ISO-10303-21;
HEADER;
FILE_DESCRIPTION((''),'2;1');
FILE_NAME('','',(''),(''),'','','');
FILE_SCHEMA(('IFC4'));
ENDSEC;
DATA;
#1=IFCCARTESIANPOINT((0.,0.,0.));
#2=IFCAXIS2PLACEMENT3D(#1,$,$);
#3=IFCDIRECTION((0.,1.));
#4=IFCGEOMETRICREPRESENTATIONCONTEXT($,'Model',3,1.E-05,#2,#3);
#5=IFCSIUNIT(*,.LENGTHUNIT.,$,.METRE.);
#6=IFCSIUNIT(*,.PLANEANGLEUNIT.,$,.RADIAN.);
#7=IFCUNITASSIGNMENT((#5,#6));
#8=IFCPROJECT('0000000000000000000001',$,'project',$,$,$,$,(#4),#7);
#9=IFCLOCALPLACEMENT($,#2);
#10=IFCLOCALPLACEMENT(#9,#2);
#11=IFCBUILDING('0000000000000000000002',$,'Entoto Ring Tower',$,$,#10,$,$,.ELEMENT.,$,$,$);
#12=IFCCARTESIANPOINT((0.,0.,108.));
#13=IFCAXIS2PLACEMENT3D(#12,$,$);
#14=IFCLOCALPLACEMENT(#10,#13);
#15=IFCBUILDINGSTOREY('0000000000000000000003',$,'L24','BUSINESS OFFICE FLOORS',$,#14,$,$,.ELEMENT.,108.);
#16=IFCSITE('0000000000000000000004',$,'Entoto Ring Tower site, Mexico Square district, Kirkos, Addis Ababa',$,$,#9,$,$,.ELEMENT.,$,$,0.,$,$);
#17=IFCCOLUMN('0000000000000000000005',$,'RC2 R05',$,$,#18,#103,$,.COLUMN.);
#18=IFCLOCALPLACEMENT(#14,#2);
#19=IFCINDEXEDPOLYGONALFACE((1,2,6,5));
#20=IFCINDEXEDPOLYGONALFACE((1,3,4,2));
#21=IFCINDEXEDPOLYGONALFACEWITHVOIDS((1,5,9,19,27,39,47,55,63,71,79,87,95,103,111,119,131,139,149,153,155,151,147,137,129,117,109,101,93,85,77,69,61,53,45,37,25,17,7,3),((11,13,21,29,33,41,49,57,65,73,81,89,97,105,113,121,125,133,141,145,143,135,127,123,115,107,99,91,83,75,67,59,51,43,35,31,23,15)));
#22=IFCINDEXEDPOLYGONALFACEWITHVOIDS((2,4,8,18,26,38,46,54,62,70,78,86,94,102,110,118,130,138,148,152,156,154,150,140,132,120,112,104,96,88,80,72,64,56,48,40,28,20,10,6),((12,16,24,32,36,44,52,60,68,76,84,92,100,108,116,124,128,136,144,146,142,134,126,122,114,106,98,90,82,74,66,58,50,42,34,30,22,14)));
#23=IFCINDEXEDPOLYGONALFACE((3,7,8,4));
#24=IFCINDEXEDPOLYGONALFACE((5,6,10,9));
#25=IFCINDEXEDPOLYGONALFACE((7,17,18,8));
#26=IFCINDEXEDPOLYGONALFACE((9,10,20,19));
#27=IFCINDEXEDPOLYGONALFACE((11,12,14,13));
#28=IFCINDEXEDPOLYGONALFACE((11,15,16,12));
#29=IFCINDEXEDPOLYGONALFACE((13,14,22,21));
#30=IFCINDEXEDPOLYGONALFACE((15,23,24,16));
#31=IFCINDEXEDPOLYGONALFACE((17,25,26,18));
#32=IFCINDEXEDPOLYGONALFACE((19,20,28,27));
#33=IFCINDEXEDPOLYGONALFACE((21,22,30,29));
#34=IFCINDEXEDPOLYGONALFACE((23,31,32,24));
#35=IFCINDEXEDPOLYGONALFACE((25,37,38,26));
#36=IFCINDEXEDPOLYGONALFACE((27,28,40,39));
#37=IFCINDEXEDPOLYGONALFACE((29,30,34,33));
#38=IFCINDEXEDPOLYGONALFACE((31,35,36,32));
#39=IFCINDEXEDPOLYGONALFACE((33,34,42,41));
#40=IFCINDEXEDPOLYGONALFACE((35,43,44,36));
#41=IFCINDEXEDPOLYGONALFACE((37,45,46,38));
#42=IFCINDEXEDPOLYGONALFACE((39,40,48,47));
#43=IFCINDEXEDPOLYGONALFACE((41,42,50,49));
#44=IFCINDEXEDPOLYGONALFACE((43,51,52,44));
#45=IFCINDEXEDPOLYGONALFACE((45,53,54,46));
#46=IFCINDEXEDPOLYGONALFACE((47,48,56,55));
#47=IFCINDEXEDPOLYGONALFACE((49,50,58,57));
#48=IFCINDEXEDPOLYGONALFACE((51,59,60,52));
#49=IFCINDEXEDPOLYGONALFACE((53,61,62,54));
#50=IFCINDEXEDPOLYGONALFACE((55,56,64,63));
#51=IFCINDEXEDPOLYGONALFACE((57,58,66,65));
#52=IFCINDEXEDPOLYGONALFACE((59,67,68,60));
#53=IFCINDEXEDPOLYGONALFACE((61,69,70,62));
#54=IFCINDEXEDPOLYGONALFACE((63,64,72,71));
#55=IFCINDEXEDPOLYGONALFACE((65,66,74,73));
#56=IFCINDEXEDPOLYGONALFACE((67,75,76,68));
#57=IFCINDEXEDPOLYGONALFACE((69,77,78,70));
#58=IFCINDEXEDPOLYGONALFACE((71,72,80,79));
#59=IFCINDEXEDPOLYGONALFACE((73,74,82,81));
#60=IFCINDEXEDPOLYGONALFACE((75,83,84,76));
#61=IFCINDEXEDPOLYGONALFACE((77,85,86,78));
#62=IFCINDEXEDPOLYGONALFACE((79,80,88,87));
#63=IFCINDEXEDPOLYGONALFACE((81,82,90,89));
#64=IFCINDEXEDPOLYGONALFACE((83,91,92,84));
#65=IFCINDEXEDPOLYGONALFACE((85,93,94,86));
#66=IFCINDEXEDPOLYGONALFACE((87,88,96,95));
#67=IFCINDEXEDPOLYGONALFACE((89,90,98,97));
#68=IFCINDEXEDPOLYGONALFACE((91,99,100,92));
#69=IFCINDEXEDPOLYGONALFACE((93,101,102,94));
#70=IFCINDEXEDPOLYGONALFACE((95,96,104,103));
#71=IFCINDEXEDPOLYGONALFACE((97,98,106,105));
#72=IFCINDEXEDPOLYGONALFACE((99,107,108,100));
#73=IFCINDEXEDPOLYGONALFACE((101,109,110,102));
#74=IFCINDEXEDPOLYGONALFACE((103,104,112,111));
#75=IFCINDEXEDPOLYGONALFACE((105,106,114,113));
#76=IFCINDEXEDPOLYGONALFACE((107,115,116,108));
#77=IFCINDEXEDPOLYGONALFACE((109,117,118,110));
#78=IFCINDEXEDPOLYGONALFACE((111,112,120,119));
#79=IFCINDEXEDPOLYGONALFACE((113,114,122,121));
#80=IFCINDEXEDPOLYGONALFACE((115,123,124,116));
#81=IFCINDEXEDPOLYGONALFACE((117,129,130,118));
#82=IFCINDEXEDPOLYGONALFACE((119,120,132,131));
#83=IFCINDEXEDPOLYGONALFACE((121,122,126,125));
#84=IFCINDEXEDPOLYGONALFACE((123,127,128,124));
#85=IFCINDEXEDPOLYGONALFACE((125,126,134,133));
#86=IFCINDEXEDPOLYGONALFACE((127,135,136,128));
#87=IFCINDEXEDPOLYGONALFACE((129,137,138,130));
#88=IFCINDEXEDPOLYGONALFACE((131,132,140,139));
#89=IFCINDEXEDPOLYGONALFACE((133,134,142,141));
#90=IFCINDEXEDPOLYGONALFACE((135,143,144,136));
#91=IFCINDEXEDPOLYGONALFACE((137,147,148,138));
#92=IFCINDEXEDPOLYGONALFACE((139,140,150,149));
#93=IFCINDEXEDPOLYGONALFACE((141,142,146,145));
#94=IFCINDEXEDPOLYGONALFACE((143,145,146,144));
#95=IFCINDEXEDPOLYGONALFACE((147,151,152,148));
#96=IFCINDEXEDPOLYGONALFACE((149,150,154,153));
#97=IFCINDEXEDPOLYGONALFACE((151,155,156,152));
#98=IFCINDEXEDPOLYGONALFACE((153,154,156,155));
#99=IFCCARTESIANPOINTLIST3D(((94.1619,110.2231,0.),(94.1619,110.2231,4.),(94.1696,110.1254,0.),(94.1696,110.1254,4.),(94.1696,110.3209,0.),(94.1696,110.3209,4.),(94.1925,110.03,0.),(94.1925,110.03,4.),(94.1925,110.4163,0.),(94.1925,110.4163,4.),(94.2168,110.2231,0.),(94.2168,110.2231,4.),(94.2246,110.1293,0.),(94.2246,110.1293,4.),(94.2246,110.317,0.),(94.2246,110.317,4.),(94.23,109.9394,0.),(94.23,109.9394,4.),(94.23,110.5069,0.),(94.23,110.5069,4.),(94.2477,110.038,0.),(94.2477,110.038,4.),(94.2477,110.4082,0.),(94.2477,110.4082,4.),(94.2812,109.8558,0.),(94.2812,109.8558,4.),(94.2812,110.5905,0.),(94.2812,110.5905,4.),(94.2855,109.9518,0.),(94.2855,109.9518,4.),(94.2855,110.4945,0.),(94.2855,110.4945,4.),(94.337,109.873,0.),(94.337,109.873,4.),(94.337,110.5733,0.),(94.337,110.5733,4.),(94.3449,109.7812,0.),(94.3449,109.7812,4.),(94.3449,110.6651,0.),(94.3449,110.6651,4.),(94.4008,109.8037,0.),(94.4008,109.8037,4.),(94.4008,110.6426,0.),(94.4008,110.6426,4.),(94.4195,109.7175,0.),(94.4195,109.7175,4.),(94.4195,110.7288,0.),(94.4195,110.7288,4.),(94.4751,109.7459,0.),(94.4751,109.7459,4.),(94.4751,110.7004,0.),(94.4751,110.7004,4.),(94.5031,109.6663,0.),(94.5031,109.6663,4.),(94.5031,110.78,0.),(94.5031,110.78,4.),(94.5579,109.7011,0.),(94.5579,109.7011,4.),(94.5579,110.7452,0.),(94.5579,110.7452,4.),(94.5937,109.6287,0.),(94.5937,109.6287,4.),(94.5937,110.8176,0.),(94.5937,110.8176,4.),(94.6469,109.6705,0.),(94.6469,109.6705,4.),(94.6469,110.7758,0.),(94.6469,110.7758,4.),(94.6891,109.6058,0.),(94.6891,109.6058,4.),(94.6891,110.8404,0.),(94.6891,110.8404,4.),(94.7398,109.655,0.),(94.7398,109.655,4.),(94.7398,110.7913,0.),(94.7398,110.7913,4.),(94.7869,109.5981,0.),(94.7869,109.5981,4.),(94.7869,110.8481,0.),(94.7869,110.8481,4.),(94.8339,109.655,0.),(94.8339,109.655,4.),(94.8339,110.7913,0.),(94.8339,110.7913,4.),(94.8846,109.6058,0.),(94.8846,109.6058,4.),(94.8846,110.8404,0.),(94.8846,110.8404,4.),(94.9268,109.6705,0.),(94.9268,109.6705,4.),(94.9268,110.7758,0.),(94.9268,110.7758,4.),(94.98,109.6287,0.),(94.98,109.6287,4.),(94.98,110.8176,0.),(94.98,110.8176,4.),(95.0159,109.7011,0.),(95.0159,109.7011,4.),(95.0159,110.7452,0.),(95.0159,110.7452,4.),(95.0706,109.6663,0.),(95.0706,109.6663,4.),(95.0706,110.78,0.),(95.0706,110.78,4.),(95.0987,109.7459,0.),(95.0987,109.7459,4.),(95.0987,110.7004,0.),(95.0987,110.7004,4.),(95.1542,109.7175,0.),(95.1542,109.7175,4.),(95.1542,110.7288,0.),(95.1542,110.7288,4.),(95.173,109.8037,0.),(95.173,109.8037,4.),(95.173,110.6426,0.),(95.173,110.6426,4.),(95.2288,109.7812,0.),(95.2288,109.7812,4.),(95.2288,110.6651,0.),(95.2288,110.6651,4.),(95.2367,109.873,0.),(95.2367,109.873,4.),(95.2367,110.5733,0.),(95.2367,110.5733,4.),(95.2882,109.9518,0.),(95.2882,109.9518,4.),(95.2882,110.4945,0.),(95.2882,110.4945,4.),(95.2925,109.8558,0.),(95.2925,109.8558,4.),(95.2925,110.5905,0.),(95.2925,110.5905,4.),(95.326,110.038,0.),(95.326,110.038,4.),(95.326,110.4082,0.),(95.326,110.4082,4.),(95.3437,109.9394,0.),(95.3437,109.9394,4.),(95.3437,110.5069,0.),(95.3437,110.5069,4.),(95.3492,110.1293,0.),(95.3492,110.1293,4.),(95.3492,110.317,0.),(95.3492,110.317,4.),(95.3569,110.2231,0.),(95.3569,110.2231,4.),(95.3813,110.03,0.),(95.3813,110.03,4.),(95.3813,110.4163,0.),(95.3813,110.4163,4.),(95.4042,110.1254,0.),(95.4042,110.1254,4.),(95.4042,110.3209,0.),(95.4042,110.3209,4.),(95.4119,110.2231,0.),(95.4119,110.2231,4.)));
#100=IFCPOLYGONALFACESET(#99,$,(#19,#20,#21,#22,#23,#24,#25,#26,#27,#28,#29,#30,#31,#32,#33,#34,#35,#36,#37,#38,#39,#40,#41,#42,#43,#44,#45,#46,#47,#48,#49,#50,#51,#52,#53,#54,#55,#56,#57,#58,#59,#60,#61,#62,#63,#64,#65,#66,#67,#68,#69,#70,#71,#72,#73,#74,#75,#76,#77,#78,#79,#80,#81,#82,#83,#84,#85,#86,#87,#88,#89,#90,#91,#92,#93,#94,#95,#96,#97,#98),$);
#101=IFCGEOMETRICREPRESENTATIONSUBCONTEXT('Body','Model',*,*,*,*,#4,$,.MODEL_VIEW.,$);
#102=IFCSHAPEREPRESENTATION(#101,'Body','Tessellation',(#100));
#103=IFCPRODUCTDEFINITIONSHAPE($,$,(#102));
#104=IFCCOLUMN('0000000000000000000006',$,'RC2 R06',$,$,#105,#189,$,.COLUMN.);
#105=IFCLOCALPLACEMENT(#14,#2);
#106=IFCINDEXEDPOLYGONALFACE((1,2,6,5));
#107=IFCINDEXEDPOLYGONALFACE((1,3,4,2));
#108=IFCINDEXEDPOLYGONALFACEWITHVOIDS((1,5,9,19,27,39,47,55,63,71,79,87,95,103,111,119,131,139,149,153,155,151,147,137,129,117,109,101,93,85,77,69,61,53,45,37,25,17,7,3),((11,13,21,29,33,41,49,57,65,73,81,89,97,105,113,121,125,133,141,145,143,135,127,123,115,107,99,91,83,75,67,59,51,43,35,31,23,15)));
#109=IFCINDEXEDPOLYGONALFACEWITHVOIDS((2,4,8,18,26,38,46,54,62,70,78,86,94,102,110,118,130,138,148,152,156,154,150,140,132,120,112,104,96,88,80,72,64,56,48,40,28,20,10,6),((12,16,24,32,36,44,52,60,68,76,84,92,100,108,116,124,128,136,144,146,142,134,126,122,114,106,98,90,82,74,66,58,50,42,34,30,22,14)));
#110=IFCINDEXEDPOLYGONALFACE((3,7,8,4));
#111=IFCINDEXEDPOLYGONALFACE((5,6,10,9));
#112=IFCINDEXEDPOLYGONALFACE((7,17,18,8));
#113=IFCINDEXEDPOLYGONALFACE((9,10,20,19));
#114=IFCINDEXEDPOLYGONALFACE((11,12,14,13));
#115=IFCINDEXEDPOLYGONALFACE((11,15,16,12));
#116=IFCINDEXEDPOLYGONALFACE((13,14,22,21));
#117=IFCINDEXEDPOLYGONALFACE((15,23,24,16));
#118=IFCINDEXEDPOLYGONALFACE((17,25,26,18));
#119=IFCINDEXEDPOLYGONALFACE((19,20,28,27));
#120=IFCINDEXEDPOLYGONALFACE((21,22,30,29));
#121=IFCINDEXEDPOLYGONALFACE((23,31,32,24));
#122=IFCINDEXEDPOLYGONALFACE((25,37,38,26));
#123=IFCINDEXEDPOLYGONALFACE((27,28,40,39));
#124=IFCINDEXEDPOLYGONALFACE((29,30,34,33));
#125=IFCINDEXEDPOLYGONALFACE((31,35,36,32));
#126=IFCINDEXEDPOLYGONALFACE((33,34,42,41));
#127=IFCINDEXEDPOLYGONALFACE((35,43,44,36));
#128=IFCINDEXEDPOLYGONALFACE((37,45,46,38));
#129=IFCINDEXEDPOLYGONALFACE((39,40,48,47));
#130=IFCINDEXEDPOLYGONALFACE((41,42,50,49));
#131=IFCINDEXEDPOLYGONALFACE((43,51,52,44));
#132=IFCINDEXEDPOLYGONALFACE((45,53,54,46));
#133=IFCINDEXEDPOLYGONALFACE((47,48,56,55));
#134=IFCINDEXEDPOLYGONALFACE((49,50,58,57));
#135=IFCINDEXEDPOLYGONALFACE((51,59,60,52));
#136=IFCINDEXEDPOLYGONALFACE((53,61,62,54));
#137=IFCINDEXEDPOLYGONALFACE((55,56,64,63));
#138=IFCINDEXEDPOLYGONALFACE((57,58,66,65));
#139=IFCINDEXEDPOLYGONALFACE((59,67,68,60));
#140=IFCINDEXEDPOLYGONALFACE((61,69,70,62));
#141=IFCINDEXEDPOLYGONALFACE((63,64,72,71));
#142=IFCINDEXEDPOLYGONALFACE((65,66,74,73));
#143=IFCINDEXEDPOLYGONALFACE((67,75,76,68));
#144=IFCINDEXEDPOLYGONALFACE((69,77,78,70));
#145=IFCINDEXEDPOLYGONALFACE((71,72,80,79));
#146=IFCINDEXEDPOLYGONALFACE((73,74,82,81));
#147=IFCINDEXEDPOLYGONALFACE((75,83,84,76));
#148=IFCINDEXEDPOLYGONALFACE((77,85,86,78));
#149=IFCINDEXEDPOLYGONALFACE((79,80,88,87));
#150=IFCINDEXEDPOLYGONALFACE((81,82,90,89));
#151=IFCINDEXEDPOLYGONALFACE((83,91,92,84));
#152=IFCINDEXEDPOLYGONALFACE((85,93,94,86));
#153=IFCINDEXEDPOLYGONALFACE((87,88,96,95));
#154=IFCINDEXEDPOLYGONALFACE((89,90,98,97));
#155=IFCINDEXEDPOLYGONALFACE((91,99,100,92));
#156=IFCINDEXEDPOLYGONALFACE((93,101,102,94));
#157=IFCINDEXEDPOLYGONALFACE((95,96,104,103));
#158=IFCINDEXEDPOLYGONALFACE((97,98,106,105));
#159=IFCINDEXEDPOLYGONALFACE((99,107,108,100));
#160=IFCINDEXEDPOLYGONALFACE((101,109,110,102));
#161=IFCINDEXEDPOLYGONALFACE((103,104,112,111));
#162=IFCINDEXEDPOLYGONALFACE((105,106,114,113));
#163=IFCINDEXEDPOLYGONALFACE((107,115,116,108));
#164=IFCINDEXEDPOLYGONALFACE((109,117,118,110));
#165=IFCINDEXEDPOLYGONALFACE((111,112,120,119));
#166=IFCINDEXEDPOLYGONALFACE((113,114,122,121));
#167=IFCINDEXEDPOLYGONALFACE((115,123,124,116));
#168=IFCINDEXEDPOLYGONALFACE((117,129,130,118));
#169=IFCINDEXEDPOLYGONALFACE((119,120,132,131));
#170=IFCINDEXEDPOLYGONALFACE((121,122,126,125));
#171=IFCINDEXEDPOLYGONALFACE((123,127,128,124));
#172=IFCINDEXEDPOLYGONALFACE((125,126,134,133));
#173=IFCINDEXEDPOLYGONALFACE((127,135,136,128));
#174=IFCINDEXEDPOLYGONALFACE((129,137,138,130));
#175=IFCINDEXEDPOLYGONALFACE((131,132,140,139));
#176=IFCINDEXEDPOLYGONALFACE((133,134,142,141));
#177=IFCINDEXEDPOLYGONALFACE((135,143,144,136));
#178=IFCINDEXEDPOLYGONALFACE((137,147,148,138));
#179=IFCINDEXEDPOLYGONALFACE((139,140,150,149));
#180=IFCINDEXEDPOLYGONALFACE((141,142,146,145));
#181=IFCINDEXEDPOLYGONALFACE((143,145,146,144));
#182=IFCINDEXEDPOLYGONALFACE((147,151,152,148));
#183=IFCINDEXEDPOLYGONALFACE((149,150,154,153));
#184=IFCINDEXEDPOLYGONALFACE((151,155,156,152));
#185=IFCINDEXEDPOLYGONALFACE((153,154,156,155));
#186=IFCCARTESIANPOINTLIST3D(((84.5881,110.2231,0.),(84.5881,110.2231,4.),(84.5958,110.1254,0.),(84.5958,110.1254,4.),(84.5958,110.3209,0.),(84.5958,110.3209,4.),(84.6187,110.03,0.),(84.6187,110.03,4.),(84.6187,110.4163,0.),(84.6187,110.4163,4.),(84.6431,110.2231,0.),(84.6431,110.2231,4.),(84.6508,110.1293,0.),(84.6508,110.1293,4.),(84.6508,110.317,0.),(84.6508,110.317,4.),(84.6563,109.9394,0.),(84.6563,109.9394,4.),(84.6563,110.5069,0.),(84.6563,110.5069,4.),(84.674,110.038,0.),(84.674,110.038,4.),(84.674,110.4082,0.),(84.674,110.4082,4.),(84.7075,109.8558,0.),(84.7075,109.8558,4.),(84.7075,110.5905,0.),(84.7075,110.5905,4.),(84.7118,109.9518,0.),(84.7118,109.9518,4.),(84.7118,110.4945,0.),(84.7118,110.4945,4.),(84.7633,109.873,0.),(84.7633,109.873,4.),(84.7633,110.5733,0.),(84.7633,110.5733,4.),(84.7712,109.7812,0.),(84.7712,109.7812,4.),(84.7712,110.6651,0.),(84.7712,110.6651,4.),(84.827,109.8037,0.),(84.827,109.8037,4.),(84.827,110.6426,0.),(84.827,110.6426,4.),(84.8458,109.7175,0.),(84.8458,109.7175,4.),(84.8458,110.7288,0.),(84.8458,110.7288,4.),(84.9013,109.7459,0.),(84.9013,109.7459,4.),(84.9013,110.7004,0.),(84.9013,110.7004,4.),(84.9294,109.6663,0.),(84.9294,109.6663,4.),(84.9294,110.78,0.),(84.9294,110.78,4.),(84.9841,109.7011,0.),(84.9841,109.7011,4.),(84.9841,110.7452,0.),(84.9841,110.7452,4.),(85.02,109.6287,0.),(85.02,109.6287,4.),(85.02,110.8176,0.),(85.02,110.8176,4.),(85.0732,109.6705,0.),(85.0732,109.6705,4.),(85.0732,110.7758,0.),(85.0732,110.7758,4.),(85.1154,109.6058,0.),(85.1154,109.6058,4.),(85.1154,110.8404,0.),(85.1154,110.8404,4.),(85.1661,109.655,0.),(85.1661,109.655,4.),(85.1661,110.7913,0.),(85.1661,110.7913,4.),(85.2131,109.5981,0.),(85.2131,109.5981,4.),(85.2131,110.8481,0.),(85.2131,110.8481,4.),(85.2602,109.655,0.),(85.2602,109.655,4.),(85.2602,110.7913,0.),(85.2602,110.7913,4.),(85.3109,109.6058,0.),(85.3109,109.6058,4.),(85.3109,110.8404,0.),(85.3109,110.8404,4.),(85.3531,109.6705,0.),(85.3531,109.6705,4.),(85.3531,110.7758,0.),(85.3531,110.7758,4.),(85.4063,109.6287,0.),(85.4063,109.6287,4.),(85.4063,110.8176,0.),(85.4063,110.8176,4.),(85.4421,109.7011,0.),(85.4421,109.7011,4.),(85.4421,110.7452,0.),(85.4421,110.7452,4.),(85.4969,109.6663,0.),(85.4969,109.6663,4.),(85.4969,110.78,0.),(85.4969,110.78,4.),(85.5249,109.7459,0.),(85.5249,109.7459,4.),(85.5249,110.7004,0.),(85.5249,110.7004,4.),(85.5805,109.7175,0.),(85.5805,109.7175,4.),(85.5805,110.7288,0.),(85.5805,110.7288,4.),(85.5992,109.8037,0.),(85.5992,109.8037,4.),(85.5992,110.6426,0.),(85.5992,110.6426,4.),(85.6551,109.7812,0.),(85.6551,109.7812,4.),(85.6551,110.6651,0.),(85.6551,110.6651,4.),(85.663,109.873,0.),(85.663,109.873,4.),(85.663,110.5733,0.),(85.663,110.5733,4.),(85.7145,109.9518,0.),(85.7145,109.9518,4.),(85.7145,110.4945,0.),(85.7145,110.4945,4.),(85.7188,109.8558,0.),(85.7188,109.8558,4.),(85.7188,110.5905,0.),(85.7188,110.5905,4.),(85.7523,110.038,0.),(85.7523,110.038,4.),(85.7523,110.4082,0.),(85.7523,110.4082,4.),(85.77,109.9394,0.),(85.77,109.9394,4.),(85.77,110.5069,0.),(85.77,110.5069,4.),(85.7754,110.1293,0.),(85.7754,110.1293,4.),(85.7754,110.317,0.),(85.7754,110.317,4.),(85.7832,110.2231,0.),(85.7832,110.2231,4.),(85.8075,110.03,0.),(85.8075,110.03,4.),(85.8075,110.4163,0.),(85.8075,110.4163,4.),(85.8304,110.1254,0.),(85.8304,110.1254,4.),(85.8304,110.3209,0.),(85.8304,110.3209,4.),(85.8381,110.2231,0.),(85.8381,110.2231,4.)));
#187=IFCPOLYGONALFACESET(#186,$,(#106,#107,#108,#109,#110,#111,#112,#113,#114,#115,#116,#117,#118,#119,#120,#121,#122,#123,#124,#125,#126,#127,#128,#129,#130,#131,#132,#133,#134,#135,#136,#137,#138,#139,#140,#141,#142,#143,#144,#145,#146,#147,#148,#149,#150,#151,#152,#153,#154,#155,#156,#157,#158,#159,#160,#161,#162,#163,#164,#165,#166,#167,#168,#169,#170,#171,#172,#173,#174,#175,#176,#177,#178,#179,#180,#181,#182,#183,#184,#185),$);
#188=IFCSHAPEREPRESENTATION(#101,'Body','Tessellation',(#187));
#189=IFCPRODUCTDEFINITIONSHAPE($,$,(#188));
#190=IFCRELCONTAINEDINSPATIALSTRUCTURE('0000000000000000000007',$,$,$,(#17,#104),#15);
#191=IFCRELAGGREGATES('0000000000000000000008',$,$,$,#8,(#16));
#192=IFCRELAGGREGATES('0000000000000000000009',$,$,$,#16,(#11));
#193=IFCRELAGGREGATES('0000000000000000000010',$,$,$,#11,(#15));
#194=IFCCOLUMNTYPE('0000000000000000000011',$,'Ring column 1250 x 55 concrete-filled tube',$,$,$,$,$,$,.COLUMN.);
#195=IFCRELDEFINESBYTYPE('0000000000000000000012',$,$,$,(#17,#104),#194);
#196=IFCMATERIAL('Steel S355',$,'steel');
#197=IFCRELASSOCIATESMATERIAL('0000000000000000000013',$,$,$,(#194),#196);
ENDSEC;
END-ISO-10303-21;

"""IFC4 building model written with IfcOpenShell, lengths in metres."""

from ifc_helpers import new_model, si_unit, direction, frame, origin, origin_2d, place, context, subcontext, project, spatial, circle, hollow_circle, extrude, material, material_profile, profile_set, type_object, element, save


model = new_model("IFC4")

# Units and contexts
model_context = context("Model", 3, precision=1e-05, world=origin(), true_north=direction((0.0, 1.0)))
body_context = subcontext(model_context, "Body", "Model", "MODEL_VIEW")
ifc_project = project(units=[si_unit("LENGTHUNIT", "METRE"), si_unit("PLANEANGLEUNIT", "RADIAN")], contexts=[model_context])

# Site, building, storey
site_placement = place(None, origin())
site = spatial("IfcSite", under=ifc_project, at=site_placement, Name="Entoto Ring Tower site, Mexico Square district, Kirkos, Addis Ababa", CompositionType="ELEMENT", RefElevation=0.0)
building_placement = place(site_placement, origin())
building = spatial("IfcBuilding", under=site, at=building_placement, Name="Entoto Ring Tower", CompositionType="ELEMENT")
storey_placement = place(building_placement, frame((0.0, 0.0, 108.0)))
storey = spatial("IfcBuildingStorey", under=building, at=storey_placement, Name="L24", Description="BUSINESS OFFICE FLOORS", CompositionType="ELEMENT", Elevation=108.0)

# Columns
ifc_material_1 = material(Name="Steel S355", Category="steel")
ifc_material_profile_1 = material_profile(ifc_material_1, hollow_circle(Radius=0.625, WallThickness=0.0549, at=origin_2d()), Name="CHS 1250 x 55")
ifc_material_2 = material(Name="Concrete C60/75", Category="concrete")
ifc_material_profile_2 = material_profile(ifc_material_2, circle(Radius=0.5701, at=origin_2d()), Name="Concrete C60/75 infill")
ifc_profile_set_1 = profile_set([ifc_material_profile_1, ifc_material_profile_2], Name="Steel S355")
column_type = type_object("IfcColumnType", Name="Ring column 1250 x 55 concrete-filled tube", PredefinedType="COLUMN", material=ifc_profile_set_1)
for number, where, z_axis, x_axis, name in (
    (1, (94.7869, 110.2231, 0.0), (0.0, 0.0, 1.0), (1.0, 0.0, 0.0), "RC2 R05"),
    (2, (85.2131, 110.2231, 0.0), (0.0, 0.0, 1.0), (1.0, 0.0, 0.0), "RC2 R06"),
):
    element("IfcColumn", number, at=place(storey_placement, frame(where, z_axis=z_axis, x_axis=x_axis)), inside=storey, type_object=column_type, Name=name, PredefinedType="COLUMN", context=body_context, shape_type="SweptSolid", body=[
        extrude(hollow_circle(Radius=0.625, WallThickness=0.0549, at=origin_2d()), origin(), (0.0, 0.0, 1.0), 4.0),
    ])

save(model, "model.ifc")
